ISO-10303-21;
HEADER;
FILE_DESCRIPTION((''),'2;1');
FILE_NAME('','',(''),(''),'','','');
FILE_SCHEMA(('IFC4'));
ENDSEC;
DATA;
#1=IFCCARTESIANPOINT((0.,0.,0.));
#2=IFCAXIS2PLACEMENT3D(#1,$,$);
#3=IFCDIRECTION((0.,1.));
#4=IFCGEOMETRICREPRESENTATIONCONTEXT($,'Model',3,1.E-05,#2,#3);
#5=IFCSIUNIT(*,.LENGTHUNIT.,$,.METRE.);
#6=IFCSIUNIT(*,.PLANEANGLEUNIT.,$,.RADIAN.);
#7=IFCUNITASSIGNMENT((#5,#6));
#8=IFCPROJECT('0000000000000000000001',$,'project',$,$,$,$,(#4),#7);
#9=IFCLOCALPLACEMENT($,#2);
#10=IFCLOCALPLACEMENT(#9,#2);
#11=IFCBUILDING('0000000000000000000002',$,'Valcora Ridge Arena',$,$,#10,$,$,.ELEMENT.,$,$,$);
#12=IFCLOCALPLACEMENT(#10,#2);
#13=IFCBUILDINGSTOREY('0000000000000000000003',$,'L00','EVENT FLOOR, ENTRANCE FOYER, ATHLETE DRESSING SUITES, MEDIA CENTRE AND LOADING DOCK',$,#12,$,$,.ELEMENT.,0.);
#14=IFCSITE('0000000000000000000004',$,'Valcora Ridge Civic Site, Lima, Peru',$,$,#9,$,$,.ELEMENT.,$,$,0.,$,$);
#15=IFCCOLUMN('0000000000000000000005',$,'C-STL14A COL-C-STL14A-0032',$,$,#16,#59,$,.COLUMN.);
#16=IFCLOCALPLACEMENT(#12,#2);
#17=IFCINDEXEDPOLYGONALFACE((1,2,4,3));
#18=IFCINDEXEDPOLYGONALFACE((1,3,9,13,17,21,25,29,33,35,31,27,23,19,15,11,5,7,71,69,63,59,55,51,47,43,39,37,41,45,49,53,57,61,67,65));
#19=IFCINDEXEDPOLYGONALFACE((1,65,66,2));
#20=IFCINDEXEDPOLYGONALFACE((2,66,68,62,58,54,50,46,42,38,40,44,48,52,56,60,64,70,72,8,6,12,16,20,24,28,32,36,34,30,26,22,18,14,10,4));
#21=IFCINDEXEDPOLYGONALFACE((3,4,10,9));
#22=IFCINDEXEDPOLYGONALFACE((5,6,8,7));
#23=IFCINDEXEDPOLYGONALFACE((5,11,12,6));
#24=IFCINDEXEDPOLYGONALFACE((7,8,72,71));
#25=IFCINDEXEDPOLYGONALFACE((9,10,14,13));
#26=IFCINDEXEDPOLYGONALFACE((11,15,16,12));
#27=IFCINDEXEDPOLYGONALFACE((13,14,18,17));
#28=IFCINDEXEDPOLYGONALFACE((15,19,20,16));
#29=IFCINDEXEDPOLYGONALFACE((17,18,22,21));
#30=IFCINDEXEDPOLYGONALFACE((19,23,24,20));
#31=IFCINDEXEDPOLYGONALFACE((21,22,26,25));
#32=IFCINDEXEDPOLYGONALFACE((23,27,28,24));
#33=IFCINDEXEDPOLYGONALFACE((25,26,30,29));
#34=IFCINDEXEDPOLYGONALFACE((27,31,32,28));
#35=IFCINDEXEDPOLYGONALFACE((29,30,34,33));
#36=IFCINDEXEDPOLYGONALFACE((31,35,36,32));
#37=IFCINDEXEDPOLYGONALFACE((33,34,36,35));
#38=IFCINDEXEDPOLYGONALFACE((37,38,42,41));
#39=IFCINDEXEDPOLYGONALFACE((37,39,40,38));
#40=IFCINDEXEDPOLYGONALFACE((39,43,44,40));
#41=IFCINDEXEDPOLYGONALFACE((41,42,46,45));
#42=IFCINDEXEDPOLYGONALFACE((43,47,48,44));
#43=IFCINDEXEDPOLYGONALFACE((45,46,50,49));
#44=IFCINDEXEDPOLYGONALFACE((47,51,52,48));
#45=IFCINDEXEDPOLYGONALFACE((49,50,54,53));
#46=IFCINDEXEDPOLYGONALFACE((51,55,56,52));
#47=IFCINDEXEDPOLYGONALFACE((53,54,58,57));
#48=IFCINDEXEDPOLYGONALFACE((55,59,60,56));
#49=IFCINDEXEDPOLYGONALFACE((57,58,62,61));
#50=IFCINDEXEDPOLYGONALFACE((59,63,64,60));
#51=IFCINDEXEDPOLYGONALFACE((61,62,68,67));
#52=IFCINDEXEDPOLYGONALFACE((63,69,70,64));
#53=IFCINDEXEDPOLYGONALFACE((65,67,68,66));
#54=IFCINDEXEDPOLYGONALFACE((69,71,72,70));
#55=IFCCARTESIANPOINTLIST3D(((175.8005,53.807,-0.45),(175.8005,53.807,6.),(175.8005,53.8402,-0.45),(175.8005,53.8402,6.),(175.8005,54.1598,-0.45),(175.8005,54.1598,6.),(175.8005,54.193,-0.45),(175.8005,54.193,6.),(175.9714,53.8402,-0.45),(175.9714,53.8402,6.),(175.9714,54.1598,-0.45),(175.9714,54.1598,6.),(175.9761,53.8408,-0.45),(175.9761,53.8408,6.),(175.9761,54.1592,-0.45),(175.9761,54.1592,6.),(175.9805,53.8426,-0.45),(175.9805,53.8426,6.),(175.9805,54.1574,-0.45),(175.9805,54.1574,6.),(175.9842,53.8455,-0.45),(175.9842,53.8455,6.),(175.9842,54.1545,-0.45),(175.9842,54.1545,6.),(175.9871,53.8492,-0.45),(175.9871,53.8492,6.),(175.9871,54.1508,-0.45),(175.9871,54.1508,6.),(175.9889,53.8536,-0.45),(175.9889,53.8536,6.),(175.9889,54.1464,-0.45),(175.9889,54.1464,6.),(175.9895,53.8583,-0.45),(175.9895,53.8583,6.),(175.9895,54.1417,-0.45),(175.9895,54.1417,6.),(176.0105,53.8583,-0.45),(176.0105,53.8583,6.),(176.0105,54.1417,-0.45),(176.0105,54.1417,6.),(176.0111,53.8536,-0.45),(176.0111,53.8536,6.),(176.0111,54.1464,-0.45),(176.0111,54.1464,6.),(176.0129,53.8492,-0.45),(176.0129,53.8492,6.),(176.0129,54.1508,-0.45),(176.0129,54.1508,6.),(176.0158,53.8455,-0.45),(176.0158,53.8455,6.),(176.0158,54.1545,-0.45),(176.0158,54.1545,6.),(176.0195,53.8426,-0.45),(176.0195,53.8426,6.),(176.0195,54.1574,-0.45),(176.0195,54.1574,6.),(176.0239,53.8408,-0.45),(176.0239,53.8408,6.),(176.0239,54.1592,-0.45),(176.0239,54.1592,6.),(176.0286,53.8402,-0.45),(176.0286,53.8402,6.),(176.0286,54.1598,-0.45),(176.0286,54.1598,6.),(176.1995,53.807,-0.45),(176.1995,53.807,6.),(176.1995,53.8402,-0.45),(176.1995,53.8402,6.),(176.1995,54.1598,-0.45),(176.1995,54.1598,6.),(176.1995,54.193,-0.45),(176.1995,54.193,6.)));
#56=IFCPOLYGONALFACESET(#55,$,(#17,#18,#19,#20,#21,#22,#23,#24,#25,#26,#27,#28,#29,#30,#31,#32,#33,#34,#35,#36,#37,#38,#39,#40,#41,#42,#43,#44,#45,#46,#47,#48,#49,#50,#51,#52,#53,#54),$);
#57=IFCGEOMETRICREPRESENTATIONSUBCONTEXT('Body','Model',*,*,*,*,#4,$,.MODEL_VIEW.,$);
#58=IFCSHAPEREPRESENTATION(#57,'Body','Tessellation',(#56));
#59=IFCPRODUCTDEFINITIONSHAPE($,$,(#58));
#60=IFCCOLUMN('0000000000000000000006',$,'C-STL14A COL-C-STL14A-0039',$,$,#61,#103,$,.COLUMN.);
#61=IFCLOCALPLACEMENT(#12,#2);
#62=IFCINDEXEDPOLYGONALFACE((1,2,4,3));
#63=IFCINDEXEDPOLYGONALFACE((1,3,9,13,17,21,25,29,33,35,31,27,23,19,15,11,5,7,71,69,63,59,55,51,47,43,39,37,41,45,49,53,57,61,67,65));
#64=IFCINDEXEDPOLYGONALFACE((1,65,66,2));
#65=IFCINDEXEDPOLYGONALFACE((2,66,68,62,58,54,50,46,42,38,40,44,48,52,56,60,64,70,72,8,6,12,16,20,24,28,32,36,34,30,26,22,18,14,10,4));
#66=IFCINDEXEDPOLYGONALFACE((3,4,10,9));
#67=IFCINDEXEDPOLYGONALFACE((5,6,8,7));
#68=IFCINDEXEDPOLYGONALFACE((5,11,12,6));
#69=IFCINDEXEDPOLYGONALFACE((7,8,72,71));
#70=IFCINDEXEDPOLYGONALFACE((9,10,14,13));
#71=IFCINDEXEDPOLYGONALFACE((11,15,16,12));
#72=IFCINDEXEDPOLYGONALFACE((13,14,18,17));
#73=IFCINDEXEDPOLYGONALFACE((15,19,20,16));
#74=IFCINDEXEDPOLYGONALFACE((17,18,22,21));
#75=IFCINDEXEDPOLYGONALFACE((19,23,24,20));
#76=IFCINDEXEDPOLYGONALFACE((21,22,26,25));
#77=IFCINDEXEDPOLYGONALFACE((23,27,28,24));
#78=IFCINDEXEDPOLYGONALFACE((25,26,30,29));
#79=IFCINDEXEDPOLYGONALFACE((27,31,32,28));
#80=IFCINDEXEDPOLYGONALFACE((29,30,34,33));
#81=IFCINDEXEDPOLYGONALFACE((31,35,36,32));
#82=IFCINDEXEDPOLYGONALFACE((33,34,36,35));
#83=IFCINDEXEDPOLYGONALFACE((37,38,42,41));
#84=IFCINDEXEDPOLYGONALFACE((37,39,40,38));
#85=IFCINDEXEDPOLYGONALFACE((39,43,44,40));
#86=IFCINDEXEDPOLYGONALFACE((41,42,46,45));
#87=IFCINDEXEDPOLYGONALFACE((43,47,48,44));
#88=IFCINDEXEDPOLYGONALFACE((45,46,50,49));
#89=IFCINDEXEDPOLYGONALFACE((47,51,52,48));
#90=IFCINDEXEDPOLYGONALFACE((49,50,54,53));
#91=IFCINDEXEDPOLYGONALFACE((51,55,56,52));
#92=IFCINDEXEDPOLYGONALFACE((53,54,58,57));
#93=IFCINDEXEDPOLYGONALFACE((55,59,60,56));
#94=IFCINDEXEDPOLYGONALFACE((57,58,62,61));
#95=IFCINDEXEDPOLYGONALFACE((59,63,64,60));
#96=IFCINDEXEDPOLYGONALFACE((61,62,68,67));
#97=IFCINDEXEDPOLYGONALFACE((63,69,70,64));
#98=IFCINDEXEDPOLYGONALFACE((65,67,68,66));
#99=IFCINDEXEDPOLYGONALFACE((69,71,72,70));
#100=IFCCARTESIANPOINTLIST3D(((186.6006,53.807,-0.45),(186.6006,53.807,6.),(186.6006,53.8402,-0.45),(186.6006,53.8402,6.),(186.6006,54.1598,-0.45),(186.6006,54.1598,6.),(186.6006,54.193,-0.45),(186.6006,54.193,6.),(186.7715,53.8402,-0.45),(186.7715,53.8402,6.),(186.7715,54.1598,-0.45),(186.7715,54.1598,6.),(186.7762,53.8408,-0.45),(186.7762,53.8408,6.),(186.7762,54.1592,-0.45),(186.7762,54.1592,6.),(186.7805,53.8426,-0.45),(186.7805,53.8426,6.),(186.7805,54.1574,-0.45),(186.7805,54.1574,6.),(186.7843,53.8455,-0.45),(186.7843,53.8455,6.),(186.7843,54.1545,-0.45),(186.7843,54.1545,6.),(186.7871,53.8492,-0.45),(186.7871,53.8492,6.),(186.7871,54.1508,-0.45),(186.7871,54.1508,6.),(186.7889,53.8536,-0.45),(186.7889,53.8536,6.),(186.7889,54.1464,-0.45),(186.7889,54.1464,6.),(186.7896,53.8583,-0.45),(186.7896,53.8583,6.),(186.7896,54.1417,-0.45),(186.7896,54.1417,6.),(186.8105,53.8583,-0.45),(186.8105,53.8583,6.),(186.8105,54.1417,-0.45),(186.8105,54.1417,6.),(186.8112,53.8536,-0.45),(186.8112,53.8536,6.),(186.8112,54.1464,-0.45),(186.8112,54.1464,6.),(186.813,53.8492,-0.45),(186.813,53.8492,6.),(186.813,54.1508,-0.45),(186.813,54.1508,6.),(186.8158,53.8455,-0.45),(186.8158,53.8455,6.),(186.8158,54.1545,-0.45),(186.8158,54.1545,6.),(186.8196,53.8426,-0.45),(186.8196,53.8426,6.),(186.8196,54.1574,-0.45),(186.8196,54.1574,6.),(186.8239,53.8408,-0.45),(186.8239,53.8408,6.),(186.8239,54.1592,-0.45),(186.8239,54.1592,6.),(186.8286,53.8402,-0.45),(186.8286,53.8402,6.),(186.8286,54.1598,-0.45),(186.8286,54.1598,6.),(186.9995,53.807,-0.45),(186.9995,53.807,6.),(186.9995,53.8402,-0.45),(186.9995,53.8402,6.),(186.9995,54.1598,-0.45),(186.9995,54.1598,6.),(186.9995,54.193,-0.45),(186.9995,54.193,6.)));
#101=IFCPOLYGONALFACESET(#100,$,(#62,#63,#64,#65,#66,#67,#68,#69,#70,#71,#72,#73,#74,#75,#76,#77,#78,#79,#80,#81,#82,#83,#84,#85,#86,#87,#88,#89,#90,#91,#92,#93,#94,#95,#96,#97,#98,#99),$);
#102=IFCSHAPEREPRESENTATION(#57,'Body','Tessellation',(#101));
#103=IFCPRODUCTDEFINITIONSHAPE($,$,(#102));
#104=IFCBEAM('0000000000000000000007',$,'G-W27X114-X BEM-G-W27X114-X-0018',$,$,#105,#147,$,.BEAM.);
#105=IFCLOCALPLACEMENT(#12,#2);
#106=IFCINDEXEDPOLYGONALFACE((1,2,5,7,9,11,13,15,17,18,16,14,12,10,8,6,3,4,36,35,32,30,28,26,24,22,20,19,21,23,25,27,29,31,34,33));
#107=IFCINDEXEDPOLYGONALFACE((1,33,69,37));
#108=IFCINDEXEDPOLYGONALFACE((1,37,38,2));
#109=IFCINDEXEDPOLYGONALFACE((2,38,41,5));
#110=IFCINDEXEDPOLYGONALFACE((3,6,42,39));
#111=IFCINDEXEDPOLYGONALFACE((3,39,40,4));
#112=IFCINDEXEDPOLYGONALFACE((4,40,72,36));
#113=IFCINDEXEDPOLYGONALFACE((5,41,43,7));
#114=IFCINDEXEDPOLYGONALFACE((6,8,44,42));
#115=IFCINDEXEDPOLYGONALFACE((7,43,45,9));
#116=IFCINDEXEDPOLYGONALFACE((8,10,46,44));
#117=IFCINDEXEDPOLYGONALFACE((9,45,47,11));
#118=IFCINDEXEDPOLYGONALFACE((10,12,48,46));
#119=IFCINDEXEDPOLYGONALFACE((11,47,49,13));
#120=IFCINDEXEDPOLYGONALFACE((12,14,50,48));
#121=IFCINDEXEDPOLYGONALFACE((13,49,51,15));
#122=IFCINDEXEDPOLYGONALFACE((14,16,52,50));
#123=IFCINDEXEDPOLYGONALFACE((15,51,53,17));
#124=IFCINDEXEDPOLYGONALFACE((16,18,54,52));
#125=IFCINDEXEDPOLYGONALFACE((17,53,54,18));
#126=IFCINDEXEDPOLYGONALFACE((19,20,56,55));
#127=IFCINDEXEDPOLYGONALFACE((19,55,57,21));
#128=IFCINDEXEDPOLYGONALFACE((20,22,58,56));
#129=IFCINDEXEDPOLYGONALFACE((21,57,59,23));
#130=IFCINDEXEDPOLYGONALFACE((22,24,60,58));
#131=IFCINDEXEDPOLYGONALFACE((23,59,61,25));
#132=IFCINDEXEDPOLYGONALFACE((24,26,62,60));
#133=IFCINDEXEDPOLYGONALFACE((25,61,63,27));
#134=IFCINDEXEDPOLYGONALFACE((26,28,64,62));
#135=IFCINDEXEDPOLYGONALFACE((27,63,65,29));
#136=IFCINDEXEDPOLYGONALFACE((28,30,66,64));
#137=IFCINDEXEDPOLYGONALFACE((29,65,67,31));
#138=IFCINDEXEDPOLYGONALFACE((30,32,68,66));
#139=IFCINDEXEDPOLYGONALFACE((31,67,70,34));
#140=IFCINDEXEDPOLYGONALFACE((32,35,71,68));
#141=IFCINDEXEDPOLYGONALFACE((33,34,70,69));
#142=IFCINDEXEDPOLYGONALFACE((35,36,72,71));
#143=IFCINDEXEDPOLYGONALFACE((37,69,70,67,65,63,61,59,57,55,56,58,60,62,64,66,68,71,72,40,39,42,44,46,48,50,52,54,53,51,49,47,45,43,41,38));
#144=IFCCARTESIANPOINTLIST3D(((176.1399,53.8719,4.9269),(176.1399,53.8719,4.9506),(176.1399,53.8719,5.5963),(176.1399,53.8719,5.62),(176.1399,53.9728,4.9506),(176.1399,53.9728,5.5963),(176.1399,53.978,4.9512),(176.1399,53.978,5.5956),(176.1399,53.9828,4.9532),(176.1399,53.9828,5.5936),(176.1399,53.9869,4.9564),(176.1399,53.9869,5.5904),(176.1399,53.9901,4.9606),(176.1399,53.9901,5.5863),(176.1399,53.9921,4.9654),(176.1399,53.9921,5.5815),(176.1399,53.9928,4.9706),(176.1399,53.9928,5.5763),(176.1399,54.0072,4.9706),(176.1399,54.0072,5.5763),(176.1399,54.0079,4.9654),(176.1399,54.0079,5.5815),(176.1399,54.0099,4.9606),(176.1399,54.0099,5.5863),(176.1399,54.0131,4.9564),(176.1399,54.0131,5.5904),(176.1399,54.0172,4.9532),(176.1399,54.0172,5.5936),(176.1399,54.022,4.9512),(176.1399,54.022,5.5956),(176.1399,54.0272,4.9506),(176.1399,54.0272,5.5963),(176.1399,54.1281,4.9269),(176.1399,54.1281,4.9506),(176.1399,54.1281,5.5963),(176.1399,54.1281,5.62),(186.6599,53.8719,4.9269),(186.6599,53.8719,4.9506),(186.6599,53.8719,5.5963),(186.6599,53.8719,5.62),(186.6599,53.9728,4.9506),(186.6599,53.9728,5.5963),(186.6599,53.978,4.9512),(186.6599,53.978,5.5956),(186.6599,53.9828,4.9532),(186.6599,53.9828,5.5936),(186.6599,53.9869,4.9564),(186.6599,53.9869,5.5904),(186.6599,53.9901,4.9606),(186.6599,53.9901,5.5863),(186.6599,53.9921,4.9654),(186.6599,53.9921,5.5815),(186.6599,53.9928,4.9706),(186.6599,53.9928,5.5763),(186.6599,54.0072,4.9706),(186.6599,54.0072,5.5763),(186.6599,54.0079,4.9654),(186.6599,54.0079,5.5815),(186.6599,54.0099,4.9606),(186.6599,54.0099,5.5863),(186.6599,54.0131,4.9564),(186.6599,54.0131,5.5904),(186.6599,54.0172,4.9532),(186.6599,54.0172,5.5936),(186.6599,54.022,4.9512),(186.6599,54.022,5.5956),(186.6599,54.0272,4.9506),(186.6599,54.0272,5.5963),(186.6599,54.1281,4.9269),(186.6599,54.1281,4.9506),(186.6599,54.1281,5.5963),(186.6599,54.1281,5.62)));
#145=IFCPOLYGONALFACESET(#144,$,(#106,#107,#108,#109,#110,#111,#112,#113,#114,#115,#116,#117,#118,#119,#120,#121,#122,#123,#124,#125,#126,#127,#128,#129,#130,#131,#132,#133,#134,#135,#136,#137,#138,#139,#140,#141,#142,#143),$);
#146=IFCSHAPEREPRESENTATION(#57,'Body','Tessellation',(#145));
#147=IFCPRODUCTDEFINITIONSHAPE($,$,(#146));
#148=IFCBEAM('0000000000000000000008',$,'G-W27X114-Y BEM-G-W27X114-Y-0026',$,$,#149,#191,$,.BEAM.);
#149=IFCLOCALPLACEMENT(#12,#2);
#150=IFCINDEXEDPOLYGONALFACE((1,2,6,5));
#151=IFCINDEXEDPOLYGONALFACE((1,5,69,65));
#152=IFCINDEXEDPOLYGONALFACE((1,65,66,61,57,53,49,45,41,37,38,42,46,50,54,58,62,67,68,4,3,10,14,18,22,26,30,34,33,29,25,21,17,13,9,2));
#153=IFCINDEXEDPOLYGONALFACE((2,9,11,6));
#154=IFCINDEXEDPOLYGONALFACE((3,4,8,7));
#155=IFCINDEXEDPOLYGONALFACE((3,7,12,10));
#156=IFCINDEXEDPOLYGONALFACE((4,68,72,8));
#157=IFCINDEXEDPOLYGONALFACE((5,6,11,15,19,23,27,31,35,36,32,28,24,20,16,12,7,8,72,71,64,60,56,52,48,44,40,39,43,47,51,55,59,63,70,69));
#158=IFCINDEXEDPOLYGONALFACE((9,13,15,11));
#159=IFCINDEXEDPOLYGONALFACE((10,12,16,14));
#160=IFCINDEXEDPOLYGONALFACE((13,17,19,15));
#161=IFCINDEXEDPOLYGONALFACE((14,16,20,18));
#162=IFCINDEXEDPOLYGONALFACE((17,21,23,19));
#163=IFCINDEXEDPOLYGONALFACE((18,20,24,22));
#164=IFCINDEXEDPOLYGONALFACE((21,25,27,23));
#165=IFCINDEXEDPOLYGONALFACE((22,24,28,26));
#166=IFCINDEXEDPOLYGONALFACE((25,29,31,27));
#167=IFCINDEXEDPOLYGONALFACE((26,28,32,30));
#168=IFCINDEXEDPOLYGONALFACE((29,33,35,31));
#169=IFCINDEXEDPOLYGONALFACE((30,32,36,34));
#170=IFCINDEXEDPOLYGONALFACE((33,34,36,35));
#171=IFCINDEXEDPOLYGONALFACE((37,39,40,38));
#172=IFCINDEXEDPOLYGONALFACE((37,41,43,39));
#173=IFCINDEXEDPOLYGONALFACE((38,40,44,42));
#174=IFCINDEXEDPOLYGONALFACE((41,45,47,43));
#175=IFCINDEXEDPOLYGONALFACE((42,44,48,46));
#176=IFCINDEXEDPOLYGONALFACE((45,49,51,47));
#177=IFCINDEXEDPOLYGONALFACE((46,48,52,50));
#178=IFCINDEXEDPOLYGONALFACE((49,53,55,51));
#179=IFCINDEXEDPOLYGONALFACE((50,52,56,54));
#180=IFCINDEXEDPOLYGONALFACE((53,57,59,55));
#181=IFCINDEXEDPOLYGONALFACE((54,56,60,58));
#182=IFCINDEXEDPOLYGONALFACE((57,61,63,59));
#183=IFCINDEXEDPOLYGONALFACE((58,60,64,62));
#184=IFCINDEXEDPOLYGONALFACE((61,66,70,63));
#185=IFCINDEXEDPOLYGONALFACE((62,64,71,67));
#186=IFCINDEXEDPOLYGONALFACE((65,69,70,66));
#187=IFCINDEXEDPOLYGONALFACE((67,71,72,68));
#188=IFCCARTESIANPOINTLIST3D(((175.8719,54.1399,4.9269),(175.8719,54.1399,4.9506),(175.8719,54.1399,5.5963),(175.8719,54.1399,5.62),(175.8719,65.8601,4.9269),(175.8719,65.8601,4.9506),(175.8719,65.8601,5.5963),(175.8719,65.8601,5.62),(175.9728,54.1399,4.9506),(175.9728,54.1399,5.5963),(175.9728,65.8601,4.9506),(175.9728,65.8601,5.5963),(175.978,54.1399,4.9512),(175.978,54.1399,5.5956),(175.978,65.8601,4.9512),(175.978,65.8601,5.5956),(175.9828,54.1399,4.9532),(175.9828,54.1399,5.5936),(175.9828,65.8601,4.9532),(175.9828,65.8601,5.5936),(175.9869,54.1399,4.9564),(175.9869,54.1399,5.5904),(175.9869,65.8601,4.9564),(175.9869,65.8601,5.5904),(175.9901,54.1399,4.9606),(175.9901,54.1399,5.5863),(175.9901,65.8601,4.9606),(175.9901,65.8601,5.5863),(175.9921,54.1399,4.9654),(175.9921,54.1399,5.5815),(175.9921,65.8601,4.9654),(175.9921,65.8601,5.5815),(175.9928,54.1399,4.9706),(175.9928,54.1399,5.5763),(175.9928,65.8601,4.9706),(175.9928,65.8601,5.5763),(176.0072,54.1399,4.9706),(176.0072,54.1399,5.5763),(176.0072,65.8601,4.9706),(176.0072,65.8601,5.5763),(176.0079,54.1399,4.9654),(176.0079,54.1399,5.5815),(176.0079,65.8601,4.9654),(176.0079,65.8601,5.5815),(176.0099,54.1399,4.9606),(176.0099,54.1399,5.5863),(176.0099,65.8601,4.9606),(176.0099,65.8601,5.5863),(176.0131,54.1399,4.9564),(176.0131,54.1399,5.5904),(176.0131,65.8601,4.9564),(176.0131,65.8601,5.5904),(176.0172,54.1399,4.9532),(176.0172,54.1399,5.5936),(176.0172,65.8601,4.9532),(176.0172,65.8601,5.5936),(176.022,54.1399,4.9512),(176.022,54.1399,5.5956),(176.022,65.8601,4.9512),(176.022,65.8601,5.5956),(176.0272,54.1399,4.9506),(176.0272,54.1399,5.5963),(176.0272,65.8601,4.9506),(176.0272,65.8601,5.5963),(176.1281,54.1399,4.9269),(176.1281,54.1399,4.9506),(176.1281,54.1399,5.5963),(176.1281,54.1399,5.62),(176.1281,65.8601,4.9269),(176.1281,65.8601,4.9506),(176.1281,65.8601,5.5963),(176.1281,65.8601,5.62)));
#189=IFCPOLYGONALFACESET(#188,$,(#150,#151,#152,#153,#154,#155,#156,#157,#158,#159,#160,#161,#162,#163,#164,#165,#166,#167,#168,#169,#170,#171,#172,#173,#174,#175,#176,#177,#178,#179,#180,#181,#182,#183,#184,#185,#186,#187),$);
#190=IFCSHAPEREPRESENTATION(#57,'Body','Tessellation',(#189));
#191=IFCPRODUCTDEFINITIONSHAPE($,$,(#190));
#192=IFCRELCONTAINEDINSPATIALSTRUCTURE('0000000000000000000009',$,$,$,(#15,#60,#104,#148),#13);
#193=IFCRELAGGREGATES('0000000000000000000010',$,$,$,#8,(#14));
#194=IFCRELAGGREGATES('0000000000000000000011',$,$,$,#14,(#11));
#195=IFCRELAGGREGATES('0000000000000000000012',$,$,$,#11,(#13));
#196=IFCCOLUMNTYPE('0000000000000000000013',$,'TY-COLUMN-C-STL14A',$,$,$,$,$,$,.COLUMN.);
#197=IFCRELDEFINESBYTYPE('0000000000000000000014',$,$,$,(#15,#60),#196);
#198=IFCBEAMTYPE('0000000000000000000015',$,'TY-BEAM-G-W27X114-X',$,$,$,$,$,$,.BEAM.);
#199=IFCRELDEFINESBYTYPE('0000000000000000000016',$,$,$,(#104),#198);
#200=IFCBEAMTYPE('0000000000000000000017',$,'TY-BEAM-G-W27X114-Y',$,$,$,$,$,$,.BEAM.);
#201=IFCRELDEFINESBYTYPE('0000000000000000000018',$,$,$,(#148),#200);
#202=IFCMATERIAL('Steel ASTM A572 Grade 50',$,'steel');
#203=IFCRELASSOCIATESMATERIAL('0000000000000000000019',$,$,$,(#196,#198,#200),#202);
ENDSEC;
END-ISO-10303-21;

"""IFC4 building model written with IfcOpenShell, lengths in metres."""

from ifc_helpers import new_model, si_unit, direction, frame, origin, origin_2d, place, context, subcontext, project, spatial, i_section, extrude, material, material_profile, profile_set, type_object, element, save


model = new_model("IFC4")

# Units and contexts
model_context = context("Model", 3, precision=1e-05, world=origin(), true_north=direction((0.0, 1.0)))
body_context = subcontext(model_context, "Body", "Model", "MODEL_VIEW")
ifc_project = project(units=[si_unit("LENGTHUNIT", "METRE"), si_unit("PLANEANGLEUNIT", "RADIAN")], contexts=[model_context])

# Site, building, storey
site_placement = place(None, origin())
site = spatial("IfcSite", under=ifc_project, at=site_placement, Name="Valcora Ridge Civic Site, Lima, Peru", CompositionType="ELEMENT", RefElevation=0.0)
building_placement = place(site_placement, origin())
building = spatial("IfcBuilding", under=site, at=building_placement, Name="Valcora Ridge Arena", CompositionType="ELEMENT")
storey_placement = place(building_placement, origin())
storey = spatial("IfcBuildingStorey", under=building, at=storey_placement, Name="L00", Description="EVENT FLOOR, ENTRANCE FOYER, ATHLETE DRESSING SUITES, MEDIA CENTRE AND LOADING DOCK", CompositionType="ELEMENT", Elevation=0.0)

# Columns
ifc_material_1 = material(Name="Steel ASTM A572 Grade 50", Category="steel")
ifc_material_profile_1 = material_profile(ifc_material_1, i_section(OverallWidth=0.3989, OverallDepth=0.386, WebThickness=0.021, FlangeThickness=0.0332, FilletRadius=0.0181, at=origin_2d()), Name="W14X176")
ifc_profile_set_1 = profile_set([ifc_material_profile_1], Name="Steel ASTM A572 Grade 50")
column_type = type_object("IfcColumnType", Name="TY-COLUMN-C-STL14A", PredefinedType="COLUMN", material=ifc_profile_set_1)
for number, where, z_axis, x_axis, name in (
    (1, (176.0, 54.0, -0.45), (0.0, 0.0, 1.0), (1.0, 0.0, 0.0), "C-STL14A COL-C-STL14A-0032"),
    (2, (186.8, 54.0, -0.45), (0.0, 0.0, 1.0), (1.0, 0.0, 0.0), "C-STL14A COL-C-STL14A-0039"),
):
    element("IfcColumn", number, at=place(storey_placement, frame(where, z_axis=z_axis, x_axis=x_axis)), inside=storey, type_object=column_type, Name=name, PredefinedType="COLUMN", context=body_context, shape_type="SweptSolid", body=[
        extrude(i_section(OverallWidth=0.3989, OverallDepth=0.386, WebThickness=0.021, FlangeThickness=0.0332, FilletRadius=0.0181, at=origin_2d()), origin(), (0.0, 0.0, 1.0), 6.45),
    ])

# Beams
ifc_material_profile_2 = material_profile(ifc_material_1, i_section(OverallWidth=0.2561, OverallDepth=0.6931, WebThickness=0.0144, FlangeThickness=0.0237, FilletRadius=0.02, at=origin_2d()), Name="W27X114")
ifc_profile_set_2 = profile_set([ifc_material_profile_2], Name="Steel ASTM A572 Grade 50")
beam_type_1 = type_object("IfcBeamType", Name="TY-BEAM-G-W27X114-X", PredefinedType="BEAM", material=ifc_profile_set_2)
beam_placement = place(storey_placement, frame((176.1399, 54.0, 5.2734), z_axis=(1.0, 0.0, 0.0), x_axis=(0.0, 1.0, 0.0)))
element("IfcBeam", 3, at=beam_placement, inside=storey, type_object=beam_type_1, Name="G-W27X114-X BEM-G-W27X114-X-0018", PredefinedType="BEAM", context=body_context, shape_type="SweptSolid", body=[
    extrude(i_section(OverallWidth=0.2561, OverallDepth=0.6931, WebThickness=0.0144, FlangeThickness=0.0237, FilletRadius=0.02, at=origin_2d()), origin(), (0.0, 0.0, 1.0), 10.52),
])
ifc_material_profile_3 = material_profile(ifc_material_1, i_section(OverallWidth=0.2561, OverallDepth=0.6931, WebThickness=0.0144, FlangeThickness=0.0237, FilletRadius=0.02, at=origin_2d()), Name="W27X114")
ifc_profile_set_3 = profile_set([ifc_material_profile_3], Name="Steel ASTM A572 Grade 50")
beam_type_2 = type_object("IfcBeamType", Name="TY-BEAM-G-W27X114-Y", PredefinedType="BEAM", material=ifc_profile_set_3)
for number, where, z_axis, x_axis, name in (
    (4, (176.0, 54.1399, 5.2734), (0.0, 1.0, 0.0), (-1.0, 0.0, 0.0), "G-W27X114-Y BEM-G-W27X114-Y-0026"),
):
    element("IfcBeam", number, at=place(storey_placement, frame(where, z_axis=z_axis, x_axis=x_axis)), inside=storey, type_object=beam_type_2, Name=name, PredefinedType="BEAM", context=body_context, shape_type="SweptSolid", body=[
        extrude(i_section(OverallWidth=0.2561, OverallDepth=0.6931, WebThickness=0.0144, FlangeThickness=0.0237, FilletRadius=0.02, at=origin_2d()), origin(), (0.0, 0.0, 1.0), 11.7202),
    ])

save(model, "model.ifc")
